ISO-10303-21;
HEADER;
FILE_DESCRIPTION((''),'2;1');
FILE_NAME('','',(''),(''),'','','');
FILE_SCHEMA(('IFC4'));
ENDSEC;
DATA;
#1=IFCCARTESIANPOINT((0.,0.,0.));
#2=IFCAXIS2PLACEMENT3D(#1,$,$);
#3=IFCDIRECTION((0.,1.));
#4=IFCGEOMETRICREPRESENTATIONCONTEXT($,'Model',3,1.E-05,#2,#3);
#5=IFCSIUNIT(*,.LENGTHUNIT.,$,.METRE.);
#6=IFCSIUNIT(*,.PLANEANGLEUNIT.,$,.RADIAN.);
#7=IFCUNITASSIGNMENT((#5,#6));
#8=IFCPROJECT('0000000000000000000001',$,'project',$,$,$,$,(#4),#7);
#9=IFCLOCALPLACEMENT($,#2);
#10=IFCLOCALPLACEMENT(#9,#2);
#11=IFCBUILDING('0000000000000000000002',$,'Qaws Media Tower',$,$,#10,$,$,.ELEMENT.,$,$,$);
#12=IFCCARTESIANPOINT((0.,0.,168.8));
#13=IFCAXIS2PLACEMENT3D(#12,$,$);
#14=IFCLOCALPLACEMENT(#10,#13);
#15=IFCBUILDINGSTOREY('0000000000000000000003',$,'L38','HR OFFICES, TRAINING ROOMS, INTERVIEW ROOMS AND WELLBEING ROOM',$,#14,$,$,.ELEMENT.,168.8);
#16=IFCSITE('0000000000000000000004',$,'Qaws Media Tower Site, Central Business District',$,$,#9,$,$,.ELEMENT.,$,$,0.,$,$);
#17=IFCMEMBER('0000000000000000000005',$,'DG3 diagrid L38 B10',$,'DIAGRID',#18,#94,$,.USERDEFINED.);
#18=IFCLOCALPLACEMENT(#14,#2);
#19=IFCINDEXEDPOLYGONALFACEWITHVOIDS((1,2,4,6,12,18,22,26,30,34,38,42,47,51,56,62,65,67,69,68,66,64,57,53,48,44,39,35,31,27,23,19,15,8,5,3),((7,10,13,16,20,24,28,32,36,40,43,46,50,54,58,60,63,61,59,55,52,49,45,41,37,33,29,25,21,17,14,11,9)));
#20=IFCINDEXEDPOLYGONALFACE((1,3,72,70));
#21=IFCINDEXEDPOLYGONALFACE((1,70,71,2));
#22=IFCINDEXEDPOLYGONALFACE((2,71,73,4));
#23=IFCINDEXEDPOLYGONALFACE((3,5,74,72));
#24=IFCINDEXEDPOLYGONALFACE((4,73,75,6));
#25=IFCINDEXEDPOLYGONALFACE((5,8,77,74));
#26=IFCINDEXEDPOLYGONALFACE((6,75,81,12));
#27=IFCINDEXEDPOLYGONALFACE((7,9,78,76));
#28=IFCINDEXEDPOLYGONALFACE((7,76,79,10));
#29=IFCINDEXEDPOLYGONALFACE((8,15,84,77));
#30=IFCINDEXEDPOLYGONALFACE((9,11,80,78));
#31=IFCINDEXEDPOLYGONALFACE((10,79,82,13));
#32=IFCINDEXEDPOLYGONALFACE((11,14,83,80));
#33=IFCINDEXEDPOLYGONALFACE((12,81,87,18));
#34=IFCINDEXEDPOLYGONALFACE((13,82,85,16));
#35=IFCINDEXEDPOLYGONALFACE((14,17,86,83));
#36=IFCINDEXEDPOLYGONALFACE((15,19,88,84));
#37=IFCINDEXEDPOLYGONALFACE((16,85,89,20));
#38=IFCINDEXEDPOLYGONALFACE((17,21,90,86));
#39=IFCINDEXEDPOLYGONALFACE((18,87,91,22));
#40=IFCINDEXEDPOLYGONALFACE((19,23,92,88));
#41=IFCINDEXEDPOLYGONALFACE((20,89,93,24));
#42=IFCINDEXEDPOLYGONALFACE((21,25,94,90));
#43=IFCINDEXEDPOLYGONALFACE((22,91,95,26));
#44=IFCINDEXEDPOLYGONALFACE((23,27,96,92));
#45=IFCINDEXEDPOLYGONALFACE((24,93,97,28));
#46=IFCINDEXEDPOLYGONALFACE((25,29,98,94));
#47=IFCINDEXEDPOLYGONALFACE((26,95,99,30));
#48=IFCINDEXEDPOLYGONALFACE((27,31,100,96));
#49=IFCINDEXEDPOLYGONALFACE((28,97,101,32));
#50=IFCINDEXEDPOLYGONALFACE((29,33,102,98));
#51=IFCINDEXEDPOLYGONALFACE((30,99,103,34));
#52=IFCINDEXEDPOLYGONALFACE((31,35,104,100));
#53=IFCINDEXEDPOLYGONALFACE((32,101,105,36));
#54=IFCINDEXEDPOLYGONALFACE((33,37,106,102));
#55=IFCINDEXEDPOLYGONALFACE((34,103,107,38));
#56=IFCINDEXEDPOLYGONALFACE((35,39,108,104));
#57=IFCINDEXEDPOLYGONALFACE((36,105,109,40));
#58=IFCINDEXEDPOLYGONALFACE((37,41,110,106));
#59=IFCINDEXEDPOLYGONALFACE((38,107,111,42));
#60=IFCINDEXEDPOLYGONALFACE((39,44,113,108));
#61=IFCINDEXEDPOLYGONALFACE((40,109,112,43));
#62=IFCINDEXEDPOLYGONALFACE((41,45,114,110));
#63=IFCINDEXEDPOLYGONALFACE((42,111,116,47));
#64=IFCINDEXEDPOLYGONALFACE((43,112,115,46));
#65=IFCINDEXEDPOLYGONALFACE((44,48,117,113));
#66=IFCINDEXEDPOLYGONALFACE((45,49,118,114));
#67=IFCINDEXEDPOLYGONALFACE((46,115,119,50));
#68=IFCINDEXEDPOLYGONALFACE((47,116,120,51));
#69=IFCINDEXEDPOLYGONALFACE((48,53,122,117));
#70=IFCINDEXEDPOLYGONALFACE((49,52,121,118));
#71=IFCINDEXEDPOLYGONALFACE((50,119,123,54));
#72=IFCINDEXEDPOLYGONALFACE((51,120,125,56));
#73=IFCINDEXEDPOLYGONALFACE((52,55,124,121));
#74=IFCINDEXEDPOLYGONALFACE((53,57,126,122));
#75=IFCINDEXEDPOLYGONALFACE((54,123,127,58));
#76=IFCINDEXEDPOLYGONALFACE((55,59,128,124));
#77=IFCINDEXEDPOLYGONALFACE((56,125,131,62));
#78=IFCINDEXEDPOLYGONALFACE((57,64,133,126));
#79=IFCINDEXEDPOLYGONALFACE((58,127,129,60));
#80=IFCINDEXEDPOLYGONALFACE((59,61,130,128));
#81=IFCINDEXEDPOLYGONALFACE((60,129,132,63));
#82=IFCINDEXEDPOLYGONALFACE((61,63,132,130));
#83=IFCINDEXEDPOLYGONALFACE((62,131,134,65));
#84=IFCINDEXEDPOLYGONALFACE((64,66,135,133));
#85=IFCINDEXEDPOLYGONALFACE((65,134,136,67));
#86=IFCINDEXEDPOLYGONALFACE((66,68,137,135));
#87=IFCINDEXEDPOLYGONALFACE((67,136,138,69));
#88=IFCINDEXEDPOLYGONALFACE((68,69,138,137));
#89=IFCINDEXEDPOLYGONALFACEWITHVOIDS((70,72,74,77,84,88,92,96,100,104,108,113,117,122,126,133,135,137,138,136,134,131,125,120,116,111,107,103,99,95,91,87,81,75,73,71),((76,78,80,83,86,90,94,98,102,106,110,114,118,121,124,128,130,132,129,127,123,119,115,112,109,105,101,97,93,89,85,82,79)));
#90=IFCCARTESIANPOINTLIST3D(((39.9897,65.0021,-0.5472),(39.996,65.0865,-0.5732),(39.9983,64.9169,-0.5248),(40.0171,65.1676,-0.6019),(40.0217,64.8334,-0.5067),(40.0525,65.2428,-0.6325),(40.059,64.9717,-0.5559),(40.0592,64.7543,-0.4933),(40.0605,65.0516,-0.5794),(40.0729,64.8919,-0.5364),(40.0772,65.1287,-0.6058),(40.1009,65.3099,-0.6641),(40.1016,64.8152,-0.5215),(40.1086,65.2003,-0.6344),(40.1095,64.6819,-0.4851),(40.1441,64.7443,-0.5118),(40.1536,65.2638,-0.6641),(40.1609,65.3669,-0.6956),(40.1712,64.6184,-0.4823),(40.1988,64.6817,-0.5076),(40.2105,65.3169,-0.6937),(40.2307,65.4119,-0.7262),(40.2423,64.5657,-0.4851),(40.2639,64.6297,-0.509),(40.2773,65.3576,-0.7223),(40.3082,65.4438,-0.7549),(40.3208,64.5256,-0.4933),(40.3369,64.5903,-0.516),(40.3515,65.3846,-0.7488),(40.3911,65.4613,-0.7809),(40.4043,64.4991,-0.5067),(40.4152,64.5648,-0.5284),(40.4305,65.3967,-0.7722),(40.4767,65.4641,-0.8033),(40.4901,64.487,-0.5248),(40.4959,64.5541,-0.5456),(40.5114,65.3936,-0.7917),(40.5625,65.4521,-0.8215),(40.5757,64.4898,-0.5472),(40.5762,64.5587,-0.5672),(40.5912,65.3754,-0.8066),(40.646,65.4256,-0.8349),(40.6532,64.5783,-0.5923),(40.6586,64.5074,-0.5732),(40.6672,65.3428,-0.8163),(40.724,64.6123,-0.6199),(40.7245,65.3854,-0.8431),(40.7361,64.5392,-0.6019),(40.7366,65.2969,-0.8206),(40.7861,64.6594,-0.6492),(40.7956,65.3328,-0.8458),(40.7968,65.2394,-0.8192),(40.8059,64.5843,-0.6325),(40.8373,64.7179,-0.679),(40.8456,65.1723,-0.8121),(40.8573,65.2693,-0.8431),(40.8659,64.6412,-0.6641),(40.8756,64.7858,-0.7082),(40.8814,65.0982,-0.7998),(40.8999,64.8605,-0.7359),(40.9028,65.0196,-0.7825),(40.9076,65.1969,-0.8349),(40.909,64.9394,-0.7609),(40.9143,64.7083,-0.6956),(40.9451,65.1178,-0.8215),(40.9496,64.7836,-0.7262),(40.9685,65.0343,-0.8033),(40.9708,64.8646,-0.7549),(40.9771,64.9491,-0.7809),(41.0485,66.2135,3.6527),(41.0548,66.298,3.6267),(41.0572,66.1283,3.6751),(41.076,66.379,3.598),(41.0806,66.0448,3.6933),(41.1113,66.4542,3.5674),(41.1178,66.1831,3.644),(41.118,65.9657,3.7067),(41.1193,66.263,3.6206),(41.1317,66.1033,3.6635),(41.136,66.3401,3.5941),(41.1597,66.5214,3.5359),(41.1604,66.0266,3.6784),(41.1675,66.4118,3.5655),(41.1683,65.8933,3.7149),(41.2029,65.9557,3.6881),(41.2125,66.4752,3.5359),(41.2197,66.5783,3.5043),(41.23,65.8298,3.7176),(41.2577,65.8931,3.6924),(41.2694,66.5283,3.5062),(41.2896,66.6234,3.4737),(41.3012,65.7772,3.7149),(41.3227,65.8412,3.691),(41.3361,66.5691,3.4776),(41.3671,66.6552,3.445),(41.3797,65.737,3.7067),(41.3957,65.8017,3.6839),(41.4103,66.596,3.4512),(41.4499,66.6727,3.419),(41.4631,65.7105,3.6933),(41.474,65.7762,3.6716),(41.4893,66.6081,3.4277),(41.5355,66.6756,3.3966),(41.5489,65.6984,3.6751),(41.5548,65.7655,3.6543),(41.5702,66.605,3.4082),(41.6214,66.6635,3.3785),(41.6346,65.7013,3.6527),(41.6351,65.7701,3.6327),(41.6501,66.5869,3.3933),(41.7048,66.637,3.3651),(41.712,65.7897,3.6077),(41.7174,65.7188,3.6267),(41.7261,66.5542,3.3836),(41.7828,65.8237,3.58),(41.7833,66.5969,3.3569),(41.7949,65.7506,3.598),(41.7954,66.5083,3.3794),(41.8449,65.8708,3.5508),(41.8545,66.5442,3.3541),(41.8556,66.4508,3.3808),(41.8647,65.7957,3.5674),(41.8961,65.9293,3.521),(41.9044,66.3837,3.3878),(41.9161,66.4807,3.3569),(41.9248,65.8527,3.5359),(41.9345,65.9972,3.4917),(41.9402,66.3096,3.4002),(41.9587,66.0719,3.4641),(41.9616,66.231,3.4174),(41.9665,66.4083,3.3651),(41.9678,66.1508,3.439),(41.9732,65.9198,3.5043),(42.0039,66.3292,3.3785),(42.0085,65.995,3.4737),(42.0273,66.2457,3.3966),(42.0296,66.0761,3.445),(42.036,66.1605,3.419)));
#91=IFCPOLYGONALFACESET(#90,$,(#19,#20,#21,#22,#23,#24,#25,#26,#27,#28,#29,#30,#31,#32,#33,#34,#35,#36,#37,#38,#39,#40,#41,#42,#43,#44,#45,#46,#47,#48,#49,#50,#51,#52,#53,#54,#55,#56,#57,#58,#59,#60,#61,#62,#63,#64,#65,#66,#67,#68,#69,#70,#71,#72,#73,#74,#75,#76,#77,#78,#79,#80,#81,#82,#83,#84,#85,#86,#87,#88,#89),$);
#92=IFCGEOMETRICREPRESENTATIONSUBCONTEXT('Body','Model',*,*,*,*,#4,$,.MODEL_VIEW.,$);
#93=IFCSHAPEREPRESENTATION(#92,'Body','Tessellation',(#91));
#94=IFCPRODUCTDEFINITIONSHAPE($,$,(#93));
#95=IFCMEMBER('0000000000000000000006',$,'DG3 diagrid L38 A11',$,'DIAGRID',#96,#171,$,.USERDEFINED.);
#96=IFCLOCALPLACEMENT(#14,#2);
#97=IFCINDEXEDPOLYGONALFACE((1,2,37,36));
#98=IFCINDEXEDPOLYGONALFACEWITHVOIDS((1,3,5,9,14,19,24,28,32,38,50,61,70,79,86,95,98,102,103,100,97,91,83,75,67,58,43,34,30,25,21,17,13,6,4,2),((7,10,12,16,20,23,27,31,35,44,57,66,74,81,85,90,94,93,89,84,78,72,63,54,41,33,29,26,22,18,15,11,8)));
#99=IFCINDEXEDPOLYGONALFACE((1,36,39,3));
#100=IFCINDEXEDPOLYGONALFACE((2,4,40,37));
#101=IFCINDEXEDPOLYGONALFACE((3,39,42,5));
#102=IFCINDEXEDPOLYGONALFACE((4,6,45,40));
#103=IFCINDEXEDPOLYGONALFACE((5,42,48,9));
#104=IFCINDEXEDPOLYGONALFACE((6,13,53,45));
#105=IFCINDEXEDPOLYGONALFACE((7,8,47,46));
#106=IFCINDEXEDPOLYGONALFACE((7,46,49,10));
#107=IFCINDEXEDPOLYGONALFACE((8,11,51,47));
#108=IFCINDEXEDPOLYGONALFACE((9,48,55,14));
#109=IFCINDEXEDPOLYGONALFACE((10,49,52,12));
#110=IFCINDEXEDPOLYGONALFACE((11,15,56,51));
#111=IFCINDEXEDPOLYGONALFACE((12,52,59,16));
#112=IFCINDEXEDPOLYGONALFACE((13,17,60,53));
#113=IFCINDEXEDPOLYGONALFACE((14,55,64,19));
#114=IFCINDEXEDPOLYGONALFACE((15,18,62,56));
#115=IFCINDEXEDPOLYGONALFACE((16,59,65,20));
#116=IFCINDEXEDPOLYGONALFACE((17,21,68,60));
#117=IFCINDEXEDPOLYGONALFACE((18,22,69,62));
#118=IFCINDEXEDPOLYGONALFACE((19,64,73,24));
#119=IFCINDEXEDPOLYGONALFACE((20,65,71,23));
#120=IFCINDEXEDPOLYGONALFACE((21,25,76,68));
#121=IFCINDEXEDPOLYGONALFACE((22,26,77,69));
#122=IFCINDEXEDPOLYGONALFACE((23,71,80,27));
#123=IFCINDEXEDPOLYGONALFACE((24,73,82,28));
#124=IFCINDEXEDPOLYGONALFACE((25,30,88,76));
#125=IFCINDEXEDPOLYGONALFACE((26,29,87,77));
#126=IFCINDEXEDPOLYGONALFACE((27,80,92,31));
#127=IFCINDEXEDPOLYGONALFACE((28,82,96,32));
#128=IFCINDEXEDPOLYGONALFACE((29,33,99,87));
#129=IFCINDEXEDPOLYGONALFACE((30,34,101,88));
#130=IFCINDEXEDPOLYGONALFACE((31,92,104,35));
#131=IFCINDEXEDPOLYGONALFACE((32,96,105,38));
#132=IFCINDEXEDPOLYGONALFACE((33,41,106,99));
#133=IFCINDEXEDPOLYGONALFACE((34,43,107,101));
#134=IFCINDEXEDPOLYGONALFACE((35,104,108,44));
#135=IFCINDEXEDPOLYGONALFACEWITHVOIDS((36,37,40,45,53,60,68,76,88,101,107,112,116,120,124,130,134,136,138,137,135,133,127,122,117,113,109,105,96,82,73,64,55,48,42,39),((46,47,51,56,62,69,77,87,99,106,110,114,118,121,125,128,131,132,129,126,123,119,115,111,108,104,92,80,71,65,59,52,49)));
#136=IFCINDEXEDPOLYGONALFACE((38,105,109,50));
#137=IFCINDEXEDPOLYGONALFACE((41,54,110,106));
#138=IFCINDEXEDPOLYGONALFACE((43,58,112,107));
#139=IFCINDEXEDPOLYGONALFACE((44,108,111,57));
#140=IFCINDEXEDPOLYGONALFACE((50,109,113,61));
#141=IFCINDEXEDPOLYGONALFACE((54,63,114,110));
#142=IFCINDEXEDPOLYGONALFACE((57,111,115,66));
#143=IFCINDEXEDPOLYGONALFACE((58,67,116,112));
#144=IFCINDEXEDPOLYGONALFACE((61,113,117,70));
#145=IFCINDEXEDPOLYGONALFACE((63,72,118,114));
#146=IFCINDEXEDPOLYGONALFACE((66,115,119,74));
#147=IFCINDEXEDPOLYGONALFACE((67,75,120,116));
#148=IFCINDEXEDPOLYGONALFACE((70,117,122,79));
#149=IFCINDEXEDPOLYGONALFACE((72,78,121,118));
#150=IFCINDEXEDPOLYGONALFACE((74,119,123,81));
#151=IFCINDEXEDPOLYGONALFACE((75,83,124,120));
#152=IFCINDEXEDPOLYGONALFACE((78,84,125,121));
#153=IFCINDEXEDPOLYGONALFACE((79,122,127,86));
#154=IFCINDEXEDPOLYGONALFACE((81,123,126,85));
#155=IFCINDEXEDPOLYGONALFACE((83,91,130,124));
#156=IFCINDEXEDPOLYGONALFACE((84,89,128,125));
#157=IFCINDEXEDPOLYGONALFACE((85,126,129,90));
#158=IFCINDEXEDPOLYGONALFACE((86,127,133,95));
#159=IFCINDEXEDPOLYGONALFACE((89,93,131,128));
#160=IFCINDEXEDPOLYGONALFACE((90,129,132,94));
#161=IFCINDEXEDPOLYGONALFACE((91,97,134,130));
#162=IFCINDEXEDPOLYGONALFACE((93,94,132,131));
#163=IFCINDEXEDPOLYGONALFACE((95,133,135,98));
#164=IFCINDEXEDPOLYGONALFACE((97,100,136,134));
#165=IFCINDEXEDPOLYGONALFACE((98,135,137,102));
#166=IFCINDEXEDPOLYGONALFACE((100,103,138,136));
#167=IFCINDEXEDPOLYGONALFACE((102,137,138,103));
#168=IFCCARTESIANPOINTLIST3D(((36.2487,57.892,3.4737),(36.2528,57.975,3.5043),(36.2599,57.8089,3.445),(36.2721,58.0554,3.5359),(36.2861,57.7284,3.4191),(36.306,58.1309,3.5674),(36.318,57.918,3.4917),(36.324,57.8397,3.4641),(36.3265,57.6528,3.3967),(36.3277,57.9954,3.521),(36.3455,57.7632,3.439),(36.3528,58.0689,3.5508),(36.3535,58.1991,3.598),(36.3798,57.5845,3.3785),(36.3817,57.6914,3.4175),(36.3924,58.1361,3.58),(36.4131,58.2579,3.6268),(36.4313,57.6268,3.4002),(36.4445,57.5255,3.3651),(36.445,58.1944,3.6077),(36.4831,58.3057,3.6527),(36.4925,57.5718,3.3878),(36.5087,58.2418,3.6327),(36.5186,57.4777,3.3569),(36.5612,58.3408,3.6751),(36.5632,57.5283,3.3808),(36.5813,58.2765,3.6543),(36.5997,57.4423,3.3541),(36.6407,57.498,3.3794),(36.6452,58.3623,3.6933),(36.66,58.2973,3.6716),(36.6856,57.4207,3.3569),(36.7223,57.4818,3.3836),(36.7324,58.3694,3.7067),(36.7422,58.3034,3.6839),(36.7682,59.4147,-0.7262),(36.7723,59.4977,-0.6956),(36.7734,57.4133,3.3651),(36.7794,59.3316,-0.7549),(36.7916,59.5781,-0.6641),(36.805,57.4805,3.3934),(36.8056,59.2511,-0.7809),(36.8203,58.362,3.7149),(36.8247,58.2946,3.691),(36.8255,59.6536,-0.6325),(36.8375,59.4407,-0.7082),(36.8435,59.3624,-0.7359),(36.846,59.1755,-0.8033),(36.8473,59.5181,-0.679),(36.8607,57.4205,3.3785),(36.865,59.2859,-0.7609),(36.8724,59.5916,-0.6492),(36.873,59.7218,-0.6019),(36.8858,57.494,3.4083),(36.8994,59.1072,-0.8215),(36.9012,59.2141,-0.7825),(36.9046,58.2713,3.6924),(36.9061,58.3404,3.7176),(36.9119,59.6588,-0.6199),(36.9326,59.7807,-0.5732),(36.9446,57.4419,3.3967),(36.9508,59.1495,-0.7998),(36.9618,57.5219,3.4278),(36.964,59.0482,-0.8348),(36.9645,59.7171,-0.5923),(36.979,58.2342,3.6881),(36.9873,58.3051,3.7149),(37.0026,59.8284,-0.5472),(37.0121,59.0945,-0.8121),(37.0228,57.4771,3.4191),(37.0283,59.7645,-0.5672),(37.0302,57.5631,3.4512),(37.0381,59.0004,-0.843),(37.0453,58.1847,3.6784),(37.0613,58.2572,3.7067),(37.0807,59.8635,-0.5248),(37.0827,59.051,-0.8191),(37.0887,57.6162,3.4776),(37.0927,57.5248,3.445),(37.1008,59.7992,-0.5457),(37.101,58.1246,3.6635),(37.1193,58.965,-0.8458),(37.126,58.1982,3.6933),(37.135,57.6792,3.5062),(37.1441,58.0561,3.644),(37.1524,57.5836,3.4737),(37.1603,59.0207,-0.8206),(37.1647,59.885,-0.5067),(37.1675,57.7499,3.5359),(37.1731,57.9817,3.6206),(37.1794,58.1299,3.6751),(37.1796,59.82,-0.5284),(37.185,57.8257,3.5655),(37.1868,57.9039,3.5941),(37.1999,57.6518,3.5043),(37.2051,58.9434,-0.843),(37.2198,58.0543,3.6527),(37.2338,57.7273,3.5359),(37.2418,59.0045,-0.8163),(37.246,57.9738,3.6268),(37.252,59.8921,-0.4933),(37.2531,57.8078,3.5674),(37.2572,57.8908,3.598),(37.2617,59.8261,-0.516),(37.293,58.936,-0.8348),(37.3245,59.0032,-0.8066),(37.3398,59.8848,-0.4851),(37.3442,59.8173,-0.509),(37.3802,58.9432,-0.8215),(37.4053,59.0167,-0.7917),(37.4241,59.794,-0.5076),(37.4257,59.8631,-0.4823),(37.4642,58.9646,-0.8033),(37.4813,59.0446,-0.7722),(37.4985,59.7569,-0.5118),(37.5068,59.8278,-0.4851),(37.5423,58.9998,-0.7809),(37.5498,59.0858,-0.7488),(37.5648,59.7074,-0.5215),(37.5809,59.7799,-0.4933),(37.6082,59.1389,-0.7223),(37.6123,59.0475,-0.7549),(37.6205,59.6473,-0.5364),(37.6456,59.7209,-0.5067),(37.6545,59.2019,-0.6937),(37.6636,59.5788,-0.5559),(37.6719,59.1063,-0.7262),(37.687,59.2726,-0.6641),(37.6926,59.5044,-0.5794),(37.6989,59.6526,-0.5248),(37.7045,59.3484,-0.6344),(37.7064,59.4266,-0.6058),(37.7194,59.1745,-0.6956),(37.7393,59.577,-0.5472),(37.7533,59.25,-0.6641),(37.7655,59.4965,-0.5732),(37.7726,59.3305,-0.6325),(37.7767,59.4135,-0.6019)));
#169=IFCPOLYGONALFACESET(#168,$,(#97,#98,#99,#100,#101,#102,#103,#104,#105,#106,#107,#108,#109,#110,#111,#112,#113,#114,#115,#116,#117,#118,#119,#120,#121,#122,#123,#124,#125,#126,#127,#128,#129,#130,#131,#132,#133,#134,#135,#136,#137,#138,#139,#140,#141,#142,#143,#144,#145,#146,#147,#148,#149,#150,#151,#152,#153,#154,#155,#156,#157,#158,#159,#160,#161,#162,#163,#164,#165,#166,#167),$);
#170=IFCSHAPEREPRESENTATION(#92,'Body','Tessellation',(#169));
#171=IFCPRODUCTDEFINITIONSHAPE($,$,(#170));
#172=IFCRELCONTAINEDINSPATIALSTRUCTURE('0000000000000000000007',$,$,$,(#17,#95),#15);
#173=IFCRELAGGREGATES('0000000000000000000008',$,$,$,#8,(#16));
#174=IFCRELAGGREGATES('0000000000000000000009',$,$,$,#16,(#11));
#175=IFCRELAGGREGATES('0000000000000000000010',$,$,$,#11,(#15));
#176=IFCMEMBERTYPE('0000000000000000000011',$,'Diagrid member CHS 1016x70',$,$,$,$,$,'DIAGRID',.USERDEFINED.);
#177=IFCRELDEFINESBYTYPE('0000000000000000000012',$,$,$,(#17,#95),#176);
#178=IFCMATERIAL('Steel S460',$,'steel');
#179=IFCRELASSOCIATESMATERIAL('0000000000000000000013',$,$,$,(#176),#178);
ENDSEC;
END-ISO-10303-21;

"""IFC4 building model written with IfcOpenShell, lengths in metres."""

from ifc_helpers import new_model, si_unit, direction, frame, origin, origin_2d, place, context, subcontext, project, spatial, hollow_circle, extrude, material, material_profile, profile_set, type_object, element, save


model = new_model("IFC4")

# Units and contexts
model_context = context("Model", 3, precision=1e-05, world=origin(), true_north=direction((0.0, 1.0)))
body_context = subcontext(model_context, "Body", "Model", "MODEL_VIEW")
ifc_project = project(units=[si_unit("LENGTHUNIT", "METRE"), si_unit("PLANEANGLEUNIT", "RADIAN")], contexts=[model_context])

# Site, building, storey
site_placement = place(None, origin())
site = spatial("IfcSite", under=ifc_project, at=site_placement, Name="Qaws Media Tower Site, Central Business District", CompositionType="ELEMENT", RefElevation=0.0)
building_placement = place(site_placement, origin())
building = spatial("IfcBuilding", under=site, at=building_placement, Name="Qaws Media Tower", CompositionType="ELEMENT")
storey_placement = place(building_placement, frame((0.0, 0.0, 168.8)))
storey = spatial("IfcBuildingStorey", under=building, at=storey_placement, Name="L38", Description="HR OFFICES, TRAINING ROOMS, INTERVIEW ROOMS AND WELLBEING ROOM", CompositionType="ELEMENT", Elevation=168.8)

# Members
ifc_material_1 = material(Name="Steel S460", Category="steel")
ifc_material_profile_1 = material_profile(ifc_material_1, hollow_circle(Radius=0.5081, WallThickness=0.0701, at=origin_2d()), Name="CHS 1016x70")
ifc_profile_set_1 = profile_set([ifc_material_profile_1], Name="Steel S460")
member_type_1 = type_object("IfcMemberType", Name="Diagrid member CHS 1016x70", ElementType="DIAGRID", PredefinedType="USERDEFINED", material=ifc_profile_set_1)
for number, where, z_axis, x_axis, name in (
    (1, (40.4834, 64.9756, -0.6641), (0.235424, 0.26935, 0.933823), (-0.752934, 0.658096, 0.0), "DG3 diagrid L38 B10"),
    (2, (37.2725, 59.4141, -0.6641), (-0.115514, -0.338562, 0.933827), (0.946429, -0.322912, 0.0), "DG3 diagrid L38 A11"),
):
    element("IfcMember", number, at=place(storey_placement, frame(where, z_axis=z_axis, x_axis=x_axis)), inside=storey, type_object=member_type_1, Name=name, ObjectType="DIAGRID", PredefinedType="USERDEFINED", context=body_context, shape_type="SweptSolid", body=[
        extrude(hollow_circle(Radius=0.5081, WallThickness=0.0701, at=origin_2d()), origin(), (0.0, 0.0, 1.0), 4.4976),
    ])

save(model, "model.ifc")
